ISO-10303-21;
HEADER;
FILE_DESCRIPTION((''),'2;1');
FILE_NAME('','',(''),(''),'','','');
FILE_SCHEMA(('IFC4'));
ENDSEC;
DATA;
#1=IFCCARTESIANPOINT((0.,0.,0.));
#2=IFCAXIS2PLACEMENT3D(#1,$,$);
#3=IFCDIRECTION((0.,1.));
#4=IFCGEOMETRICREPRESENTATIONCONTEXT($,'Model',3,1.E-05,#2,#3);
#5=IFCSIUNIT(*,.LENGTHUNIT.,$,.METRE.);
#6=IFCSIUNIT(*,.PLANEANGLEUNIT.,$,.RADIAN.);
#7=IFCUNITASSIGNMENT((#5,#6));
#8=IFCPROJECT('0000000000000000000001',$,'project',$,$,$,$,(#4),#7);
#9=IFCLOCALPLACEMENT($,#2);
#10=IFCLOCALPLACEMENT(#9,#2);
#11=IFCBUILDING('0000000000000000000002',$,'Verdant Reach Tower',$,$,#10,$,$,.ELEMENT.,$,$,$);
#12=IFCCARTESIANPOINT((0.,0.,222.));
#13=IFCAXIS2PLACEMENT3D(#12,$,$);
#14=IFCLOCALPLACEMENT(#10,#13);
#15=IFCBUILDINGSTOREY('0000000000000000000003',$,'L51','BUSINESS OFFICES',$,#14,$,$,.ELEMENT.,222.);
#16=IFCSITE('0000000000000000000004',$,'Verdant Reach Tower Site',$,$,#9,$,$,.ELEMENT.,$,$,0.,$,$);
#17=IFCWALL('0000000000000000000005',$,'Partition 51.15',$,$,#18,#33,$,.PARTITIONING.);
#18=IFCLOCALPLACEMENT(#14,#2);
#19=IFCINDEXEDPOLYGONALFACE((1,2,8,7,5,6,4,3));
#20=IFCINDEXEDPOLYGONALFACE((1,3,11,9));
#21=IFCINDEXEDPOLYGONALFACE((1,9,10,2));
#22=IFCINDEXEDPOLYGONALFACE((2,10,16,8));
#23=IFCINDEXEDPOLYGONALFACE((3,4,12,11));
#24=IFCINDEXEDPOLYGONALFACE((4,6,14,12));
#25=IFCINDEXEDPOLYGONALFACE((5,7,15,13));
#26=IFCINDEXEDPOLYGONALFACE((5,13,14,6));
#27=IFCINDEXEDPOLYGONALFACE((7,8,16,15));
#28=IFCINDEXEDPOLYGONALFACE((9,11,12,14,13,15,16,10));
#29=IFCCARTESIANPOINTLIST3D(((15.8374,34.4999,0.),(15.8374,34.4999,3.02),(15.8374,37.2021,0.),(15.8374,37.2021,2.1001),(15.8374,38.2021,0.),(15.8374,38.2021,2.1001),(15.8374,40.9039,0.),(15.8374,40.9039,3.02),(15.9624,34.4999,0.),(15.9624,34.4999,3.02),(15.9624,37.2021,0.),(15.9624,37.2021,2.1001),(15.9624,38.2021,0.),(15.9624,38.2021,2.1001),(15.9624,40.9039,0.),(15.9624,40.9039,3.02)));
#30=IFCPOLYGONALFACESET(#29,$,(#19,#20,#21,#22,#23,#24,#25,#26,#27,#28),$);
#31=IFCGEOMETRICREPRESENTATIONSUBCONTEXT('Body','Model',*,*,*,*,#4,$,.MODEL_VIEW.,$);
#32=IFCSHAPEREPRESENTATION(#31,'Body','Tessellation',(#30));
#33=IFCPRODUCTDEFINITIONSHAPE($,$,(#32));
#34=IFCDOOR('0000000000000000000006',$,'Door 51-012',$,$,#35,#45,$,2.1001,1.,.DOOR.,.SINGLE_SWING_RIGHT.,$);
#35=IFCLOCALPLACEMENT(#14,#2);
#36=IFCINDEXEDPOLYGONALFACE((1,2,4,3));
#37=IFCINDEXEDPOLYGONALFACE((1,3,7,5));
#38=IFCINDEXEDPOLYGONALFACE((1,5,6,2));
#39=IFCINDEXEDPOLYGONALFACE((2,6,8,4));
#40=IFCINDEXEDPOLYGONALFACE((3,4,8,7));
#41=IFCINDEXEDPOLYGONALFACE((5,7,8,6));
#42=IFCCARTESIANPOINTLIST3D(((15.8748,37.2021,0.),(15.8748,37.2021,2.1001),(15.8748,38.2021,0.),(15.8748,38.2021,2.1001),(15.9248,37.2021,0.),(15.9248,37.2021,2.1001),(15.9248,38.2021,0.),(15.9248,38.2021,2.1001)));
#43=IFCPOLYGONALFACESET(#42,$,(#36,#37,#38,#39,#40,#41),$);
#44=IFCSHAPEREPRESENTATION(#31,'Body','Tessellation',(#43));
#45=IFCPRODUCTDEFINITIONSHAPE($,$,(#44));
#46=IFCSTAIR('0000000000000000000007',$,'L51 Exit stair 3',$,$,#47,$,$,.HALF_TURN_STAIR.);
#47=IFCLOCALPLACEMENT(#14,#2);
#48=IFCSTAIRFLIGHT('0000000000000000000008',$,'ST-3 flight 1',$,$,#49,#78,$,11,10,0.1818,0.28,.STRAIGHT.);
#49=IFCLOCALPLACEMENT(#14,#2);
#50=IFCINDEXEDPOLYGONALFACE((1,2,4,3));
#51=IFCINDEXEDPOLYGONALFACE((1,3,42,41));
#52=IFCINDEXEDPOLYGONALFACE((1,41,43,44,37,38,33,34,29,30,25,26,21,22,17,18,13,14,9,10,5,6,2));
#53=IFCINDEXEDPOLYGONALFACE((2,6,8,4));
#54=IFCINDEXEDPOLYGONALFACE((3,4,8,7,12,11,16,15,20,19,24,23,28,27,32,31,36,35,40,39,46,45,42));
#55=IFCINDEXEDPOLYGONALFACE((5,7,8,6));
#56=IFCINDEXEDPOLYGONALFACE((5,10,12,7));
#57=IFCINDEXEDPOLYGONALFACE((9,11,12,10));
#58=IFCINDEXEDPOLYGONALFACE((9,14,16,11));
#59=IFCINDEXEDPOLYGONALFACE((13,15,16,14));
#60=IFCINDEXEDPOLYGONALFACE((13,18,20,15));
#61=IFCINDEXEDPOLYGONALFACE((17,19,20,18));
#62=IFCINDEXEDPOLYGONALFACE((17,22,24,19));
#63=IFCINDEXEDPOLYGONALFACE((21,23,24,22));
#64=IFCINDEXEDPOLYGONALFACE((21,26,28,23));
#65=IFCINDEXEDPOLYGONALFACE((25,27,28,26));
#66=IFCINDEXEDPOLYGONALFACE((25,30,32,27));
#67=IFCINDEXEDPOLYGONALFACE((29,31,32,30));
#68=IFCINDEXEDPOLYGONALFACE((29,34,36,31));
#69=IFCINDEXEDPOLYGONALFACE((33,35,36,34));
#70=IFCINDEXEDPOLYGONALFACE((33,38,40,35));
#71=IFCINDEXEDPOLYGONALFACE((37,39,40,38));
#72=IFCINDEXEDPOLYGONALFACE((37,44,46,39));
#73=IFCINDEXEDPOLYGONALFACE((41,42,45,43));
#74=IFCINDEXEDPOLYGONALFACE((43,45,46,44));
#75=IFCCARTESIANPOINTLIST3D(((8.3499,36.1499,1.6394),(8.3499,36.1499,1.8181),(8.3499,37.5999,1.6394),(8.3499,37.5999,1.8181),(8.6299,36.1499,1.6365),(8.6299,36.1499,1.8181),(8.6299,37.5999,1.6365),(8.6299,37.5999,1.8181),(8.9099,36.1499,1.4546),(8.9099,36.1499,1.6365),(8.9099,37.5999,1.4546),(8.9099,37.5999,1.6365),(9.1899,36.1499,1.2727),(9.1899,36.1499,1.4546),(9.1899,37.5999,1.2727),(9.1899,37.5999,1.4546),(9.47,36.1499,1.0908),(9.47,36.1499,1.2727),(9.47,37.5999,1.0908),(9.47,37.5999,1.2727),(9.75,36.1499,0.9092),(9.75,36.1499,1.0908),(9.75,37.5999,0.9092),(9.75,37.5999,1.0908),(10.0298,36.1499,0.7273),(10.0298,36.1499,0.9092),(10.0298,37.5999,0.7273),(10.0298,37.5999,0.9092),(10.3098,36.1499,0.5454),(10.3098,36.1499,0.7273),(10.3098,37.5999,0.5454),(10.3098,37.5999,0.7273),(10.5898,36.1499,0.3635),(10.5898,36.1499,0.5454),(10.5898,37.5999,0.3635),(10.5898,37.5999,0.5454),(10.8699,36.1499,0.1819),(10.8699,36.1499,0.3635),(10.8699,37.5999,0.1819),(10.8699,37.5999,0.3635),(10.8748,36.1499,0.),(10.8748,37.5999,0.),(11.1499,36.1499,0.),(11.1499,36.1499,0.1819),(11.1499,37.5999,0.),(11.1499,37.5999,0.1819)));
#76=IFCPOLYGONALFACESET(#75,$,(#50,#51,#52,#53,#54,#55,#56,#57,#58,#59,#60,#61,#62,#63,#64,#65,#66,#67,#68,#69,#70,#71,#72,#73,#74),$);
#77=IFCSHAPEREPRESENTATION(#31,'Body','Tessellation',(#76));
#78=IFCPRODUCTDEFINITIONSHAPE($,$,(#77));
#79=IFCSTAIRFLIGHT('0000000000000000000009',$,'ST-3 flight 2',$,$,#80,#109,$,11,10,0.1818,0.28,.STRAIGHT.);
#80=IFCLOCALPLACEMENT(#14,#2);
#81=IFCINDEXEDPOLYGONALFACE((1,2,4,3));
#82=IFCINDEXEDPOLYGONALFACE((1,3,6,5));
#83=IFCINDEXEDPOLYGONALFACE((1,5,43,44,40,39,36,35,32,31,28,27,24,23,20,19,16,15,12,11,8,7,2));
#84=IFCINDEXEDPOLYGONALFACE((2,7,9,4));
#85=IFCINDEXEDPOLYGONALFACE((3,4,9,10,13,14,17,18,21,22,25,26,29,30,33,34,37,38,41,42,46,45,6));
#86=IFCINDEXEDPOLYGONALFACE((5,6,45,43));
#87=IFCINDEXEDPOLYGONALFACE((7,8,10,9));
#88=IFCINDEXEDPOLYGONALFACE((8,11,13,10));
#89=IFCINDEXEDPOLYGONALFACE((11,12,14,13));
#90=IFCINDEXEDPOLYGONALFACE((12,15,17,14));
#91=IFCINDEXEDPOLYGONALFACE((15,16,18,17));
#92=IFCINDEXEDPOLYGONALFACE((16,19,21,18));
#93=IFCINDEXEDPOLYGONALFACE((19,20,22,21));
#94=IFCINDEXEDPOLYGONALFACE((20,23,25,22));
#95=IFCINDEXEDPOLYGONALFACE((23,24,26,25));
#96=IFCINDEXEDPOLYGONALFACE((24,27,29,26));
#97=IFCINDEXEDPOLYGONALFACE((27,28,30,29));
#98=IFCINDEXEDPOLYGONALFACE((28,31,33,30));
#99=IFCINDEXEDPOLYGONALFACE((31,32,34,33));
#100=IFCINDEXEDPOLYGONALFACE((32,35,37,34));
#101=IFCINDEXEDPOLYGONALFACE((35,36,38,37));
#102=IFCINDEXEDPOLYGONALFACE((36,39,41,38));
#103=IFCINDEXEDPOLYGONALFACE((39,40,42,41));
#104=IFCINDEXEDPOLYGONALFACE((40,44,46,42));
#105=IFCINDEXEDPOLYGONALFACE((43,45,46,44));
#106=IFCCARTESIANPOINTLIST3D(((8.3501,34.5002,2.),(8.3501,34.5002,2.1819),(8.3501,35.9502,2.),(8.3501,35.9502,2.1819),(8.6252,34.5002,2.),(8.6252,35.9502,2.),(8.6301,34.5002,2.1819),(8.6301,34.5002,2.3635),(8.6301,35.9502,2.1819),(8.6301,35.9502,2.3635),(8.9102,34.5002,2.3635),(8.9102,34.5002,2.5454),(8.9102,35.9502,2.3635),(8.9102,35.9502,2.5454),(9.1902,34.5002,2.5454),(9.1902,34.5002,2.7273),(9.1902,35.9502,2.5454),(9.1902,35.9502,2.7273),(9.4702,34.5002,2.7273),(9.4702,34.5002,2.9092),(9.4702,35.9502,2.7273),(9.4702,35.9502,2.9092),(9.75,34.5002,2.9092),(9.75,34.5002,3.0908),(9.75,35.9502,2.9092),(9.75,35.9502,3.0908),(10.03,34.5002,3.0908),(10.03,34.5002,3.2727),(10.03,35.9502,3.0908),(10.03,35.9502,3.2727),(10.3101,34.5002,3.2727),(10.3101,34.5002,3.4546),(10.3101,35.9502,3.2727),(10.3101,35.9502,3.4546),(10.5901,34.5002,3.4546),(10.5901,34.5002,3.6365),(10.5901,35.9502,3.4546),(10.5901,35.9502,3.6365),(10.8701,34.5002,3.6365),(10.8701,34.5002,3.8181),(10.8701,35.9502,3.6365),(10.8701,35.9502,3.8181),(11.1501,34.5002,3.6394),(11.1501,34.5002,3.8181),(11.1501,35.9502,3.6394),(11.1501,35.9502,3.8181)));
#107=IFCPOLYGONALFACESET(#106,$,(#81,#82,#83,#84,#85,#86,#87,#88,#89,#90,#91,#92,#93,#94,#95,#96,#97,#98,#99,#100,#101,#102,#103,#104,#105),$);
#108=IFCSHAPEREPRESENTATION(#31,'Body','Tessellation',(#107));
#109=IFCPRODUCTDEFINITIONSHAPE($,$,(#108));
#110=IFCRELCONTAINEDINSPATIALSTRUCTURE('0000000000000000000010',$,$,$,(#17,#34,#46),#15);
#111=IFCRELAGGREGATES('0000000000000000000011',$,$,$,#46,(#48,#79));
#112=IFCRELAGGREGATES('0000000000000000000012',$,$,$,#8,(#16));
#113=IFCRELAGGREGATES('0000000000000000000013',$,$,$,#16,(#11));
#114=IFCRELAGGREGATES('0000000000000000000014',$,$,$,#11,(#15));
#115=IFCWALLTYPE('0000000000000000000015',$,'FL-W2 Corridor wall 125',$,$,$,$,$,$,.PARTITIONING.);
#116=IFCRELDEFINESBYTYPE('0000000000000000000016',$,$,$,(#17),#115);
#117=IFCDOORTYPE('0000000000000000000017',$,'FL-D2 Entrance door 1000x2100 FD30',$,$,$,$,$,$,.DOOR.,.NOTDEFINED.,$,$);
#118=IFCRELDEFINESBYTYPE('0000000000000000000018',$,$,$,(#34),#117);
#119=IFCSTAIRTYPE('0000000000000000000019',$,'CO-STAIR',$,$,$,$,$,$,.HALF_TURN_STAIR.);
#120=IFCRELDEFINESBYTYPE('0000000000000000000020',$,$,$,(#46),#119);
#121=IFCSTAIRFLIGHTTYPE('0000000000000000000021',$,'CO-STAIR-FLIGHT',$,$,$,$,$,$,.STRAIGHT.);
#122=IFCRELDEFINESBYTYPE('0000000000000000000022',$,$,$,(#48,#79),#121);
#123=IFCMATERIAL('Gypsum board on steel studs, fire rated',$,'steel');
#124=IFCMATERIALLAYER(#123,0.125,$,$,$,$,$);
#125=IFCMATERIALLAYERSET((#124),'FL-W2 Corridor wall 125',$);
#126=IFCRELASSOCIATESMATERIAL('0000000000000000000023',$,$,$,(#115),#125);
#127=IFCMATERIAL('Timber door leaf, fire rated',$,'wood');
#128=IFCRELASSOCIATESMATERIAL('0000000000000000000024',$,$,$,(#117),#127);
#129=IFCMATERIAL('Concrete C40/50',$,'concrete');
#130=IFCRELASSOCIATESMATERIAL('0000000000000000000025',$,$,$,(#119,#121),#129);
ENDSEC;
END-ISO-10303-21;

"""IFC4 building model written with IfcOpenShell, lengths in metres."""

from ifc_helpers import new_model, si_unit, direction, frame, frame_2d, origin, place, context, subcontext, project, spatial, polyline, rectangle, outline, extrude, material, layer, layer_set, type_object, element, fill, aggregate, save


model = new_model("IFC4")

# Units and contexts
model_context = context("Model", 3, precision=1e-05, world=origin(), true_north=direction((0.0, 1.0)))
body_context = subcontext(model_context, "Body", "Model", "MODEL_VIEW")
ifc_project = project(units=[si_unit("LENGTHUNIT", "METRE"), si_unit("PLANEANGLEUNIT", "RADIAN")], contexts=[model_context])

# Site, building, storey
site_placement = place(None, origin())
site = spatial("IfcSite", under=ifc_project, at=site_placement, Name="Verdant Reach Tower Site", CompositionType="ELEMENT", RefElevation=0.0)
building_placement = place(site_placement, origin())
building = spatial("IfcBuilding", under=site, at=building_placement, Name="Verdant Reach Tower", CompositionType="ELEMENT")
storey_placement = place(building_placement, frame((0.0, 0.0, 222.0)))
storey = spatial("IfcBuildingStorey", under=building, at=storey_placement, Name="L51", Description="BUSINESS OFFICES", CompositionType="ELEMENT", Elevation=222.0)

# Wall, opening, door
ifc_material_1 = material(Name="Gypsum board on steel studs, fire rated", Category="steel")
ifc_layer_1 = layer(ifc_material_1, 0.125)
ifc_layer_set_1 = layer_set([ifc_layer_1], Name="FL-W2 Corridor wall 125")
wall_type_1 = type_object("IfcWallType", Name="FL-W2 Corridor wall 125", PredefinedType="PARTITIONING", material=ifc_layer_set_1)
ifc_material_2 = material(Name="Timber door leaf, fire rated", Category="wood")
door_type_1 = type_object("IfcDoorType", Name="FL-D2 Entrance door 1000x2100 FD30", OperationType="NOTDEFINED", PredefinedType="DOOR", material=ifc_material_2)
wall_1_placement = place(storey_placement, frame((15.8999, 40.9041, 0.0), z_axis=(0.0, 0.0, 1.0), x_axis=(0.0, -1.0, 0.0)))
wall_1 = element("IfcWall", 1, at=wall_1_placement, inside=storey, type_object=wall_type_1, Name="Partition 51.15", PredefinedType="PARTITIONING", context=body_context, shape_type="SweptSolid", body=[
    extrude(rectangle(XDim=6.4041, YDim=0.125, at=frame_2d((3.2021, 0.0))), origin(), (0.0, 0.0, 1.0), 3.02),
])
opening_1_placement = place(wall_1_placement, frame((2.7019, 0.0, 0.0)))
opening_1 = element("IfcOpeningElement", 2, at=opening_1_placement, cuts=wall_1, PredefinedType="OPENING", context=body_context, shape_type="SweptSolid", body=[
    extrude(rectangle(XDim=1.0, YDim=2.1001, at=frame_2d((0.5, 1.05))), frame((0.0, 0.0725, 0.0), z_axis=(0.0, -1.0, 0.0), x_axis=(1.0, 0.0, 0.0)), (0.0, 0.0, 1.0), 0.145),
])
door_1_placement = place(opening_1_placement, origin())
door_1 = element("IfcDoor", 3, at=door_1_placement, inside=storey, type_object=door_type_1, Name="Door 51-012", OperationType="SINGLE_SWING_RIGHT", OverallHeight=2.1001, OverallWidth=1.0, PredefinedType="DOOR", context=body_context, shape_type="SweptSolid", body=[
    extrude(rectangle(XDim=1.0, YDim=2.1001, at=frame_2d((0.5, 1.05))), frame((0.0, 0.0249, 0.0), z_axis=(0.0, -1.0, 0.0), x_axis=(1.0, 0.0, 0.0)), (0.0, 0.0, 1.0), 0.05),
])
fill(opening_1, door_1)

# Stair, stair flights
ifc_material_3 = material(Name="Concrete C40/50", Category="concrete")
stair_type = type_object("IfcStairType", Name="CO-STAIR", PredefinedType="HALF_TURN_STAIR", material=ifc_material_3)
stair_placement = place(storey_placement, origin())
stair = element("IfcStair", 4, at=stair_placement, inside=storey, type_object=stair_type, Name="L51 Exit stair 3", PredefinedType="HALF_TURN_STAIR")
stair_flight_type = type_object("IfcStairFlightType", Name="CO-STAIR-FLIGHT", PredefinedType="STRAIGHT", material=ifc_material_3)
stair_flight_1_placement = place(storey_placement, frame((11.1499, 36.875, 0.0), z_axis=(0.0, 0.0, 1.0), x_axis=(-1.0, 0.0, 0.0)))
stair_flight_1 = element("IfcStairFlight", 5, at=stair_flight_1_placement, type_object=stair_flight_type, Name="ST-3 flight 1", NumberOfRisers=11, NumberOfTreads=10, PredefinedType="STRAIGHT", RiserHeight=0.1818, TreadLength=0.28, context=body_context, shape_type="SweptSolid", body=[
    extrude(outline(polyline([(0.0, 0.0), (0.0, 0.1819), (0.28, 0.1819), (0.28, 0.3635), (0.5601, 0.3635), (0.5601, 0.5454), (0.8401, 0.5454), (0.8401, 0.7273), (1.1201, 0.7273), (1.1201, 0.9092), (1.3999, 0.9092), (1.3999, 1.0908), (1.6799, 1.0908), (1.6799, 1.2727), (1.96, 1.2727), (1.96, 1.4546), (2.24, 1.4546), (2.24, 1.6365), (2.52, 1.6365), (2.52, 1.8181), (2.8, 1.8181), (2.8, 2.0), (2.8, 1.6394), (0.2751, 0.0), (0.0, 0.0)])), frame((0.0, 0.7251, 0.0), z_axis=(0.0, -1.0, 0.0), x_axis=(1.0, 0.0, 0.0)), (0.0, 0.0, 1.0), 1.45),
])
stair_flight_2_placement = place(storey_placement, frame((8.3501, 35.2251, 2.0), z_axis=(0.0, 0.0, 1.0), x_axis=(1.0, 0.0, 0.0)))
stair_flight_2 = element("IfcStairFlight", 6, at=stair_flight_2_placement, type_object=stair_flight_type, Name="ST-3 flight 2", NumberOfRisers=11, NumberOfTreads=10, PredefinedType="STRAIGHT", RiserHeight=0.1818, TreadLength=0.28, context=body_context, shape_type="SweptSolid", body=[
    extrude(outline(polyline([(0.0, 0.0), (0.0, 0.1819), (0.28, 0.1819), (0.28, 0.3635), (0.5601, 0.3635), (0.5601, 0.5454), (0.8401, 0.5454), (0.8401, 0.7273), (1.1201, 0.7273), (1.1201, 0.9092), (1.3999, 0.9092), (1.3999, 1.0908), (1.6799, 1.0908), (1.6799, 1.2727), (1.96, 1.2727), (1.96, 1.4546), (2.24, 1.4546), (2.24, 1.6365), (2.52, 1.6365), (2.52, 1.8181), (2.8, 1.8181), (2.8, 2.0), (2.8, 1.6394), (0.2751, 0.0), (0.0, 0.0)])), frame((0.0, 0.7251, 0.0), z_axis=(0.0, -1.0, 0.0), x_axis=(1.0, 0.0, 0.0)), (0.0, 0.0, 1.0), 1.45),
])
aggregate(stair, [stair_flight_1, stair_flight_2])

save(model, "model.ifc")
